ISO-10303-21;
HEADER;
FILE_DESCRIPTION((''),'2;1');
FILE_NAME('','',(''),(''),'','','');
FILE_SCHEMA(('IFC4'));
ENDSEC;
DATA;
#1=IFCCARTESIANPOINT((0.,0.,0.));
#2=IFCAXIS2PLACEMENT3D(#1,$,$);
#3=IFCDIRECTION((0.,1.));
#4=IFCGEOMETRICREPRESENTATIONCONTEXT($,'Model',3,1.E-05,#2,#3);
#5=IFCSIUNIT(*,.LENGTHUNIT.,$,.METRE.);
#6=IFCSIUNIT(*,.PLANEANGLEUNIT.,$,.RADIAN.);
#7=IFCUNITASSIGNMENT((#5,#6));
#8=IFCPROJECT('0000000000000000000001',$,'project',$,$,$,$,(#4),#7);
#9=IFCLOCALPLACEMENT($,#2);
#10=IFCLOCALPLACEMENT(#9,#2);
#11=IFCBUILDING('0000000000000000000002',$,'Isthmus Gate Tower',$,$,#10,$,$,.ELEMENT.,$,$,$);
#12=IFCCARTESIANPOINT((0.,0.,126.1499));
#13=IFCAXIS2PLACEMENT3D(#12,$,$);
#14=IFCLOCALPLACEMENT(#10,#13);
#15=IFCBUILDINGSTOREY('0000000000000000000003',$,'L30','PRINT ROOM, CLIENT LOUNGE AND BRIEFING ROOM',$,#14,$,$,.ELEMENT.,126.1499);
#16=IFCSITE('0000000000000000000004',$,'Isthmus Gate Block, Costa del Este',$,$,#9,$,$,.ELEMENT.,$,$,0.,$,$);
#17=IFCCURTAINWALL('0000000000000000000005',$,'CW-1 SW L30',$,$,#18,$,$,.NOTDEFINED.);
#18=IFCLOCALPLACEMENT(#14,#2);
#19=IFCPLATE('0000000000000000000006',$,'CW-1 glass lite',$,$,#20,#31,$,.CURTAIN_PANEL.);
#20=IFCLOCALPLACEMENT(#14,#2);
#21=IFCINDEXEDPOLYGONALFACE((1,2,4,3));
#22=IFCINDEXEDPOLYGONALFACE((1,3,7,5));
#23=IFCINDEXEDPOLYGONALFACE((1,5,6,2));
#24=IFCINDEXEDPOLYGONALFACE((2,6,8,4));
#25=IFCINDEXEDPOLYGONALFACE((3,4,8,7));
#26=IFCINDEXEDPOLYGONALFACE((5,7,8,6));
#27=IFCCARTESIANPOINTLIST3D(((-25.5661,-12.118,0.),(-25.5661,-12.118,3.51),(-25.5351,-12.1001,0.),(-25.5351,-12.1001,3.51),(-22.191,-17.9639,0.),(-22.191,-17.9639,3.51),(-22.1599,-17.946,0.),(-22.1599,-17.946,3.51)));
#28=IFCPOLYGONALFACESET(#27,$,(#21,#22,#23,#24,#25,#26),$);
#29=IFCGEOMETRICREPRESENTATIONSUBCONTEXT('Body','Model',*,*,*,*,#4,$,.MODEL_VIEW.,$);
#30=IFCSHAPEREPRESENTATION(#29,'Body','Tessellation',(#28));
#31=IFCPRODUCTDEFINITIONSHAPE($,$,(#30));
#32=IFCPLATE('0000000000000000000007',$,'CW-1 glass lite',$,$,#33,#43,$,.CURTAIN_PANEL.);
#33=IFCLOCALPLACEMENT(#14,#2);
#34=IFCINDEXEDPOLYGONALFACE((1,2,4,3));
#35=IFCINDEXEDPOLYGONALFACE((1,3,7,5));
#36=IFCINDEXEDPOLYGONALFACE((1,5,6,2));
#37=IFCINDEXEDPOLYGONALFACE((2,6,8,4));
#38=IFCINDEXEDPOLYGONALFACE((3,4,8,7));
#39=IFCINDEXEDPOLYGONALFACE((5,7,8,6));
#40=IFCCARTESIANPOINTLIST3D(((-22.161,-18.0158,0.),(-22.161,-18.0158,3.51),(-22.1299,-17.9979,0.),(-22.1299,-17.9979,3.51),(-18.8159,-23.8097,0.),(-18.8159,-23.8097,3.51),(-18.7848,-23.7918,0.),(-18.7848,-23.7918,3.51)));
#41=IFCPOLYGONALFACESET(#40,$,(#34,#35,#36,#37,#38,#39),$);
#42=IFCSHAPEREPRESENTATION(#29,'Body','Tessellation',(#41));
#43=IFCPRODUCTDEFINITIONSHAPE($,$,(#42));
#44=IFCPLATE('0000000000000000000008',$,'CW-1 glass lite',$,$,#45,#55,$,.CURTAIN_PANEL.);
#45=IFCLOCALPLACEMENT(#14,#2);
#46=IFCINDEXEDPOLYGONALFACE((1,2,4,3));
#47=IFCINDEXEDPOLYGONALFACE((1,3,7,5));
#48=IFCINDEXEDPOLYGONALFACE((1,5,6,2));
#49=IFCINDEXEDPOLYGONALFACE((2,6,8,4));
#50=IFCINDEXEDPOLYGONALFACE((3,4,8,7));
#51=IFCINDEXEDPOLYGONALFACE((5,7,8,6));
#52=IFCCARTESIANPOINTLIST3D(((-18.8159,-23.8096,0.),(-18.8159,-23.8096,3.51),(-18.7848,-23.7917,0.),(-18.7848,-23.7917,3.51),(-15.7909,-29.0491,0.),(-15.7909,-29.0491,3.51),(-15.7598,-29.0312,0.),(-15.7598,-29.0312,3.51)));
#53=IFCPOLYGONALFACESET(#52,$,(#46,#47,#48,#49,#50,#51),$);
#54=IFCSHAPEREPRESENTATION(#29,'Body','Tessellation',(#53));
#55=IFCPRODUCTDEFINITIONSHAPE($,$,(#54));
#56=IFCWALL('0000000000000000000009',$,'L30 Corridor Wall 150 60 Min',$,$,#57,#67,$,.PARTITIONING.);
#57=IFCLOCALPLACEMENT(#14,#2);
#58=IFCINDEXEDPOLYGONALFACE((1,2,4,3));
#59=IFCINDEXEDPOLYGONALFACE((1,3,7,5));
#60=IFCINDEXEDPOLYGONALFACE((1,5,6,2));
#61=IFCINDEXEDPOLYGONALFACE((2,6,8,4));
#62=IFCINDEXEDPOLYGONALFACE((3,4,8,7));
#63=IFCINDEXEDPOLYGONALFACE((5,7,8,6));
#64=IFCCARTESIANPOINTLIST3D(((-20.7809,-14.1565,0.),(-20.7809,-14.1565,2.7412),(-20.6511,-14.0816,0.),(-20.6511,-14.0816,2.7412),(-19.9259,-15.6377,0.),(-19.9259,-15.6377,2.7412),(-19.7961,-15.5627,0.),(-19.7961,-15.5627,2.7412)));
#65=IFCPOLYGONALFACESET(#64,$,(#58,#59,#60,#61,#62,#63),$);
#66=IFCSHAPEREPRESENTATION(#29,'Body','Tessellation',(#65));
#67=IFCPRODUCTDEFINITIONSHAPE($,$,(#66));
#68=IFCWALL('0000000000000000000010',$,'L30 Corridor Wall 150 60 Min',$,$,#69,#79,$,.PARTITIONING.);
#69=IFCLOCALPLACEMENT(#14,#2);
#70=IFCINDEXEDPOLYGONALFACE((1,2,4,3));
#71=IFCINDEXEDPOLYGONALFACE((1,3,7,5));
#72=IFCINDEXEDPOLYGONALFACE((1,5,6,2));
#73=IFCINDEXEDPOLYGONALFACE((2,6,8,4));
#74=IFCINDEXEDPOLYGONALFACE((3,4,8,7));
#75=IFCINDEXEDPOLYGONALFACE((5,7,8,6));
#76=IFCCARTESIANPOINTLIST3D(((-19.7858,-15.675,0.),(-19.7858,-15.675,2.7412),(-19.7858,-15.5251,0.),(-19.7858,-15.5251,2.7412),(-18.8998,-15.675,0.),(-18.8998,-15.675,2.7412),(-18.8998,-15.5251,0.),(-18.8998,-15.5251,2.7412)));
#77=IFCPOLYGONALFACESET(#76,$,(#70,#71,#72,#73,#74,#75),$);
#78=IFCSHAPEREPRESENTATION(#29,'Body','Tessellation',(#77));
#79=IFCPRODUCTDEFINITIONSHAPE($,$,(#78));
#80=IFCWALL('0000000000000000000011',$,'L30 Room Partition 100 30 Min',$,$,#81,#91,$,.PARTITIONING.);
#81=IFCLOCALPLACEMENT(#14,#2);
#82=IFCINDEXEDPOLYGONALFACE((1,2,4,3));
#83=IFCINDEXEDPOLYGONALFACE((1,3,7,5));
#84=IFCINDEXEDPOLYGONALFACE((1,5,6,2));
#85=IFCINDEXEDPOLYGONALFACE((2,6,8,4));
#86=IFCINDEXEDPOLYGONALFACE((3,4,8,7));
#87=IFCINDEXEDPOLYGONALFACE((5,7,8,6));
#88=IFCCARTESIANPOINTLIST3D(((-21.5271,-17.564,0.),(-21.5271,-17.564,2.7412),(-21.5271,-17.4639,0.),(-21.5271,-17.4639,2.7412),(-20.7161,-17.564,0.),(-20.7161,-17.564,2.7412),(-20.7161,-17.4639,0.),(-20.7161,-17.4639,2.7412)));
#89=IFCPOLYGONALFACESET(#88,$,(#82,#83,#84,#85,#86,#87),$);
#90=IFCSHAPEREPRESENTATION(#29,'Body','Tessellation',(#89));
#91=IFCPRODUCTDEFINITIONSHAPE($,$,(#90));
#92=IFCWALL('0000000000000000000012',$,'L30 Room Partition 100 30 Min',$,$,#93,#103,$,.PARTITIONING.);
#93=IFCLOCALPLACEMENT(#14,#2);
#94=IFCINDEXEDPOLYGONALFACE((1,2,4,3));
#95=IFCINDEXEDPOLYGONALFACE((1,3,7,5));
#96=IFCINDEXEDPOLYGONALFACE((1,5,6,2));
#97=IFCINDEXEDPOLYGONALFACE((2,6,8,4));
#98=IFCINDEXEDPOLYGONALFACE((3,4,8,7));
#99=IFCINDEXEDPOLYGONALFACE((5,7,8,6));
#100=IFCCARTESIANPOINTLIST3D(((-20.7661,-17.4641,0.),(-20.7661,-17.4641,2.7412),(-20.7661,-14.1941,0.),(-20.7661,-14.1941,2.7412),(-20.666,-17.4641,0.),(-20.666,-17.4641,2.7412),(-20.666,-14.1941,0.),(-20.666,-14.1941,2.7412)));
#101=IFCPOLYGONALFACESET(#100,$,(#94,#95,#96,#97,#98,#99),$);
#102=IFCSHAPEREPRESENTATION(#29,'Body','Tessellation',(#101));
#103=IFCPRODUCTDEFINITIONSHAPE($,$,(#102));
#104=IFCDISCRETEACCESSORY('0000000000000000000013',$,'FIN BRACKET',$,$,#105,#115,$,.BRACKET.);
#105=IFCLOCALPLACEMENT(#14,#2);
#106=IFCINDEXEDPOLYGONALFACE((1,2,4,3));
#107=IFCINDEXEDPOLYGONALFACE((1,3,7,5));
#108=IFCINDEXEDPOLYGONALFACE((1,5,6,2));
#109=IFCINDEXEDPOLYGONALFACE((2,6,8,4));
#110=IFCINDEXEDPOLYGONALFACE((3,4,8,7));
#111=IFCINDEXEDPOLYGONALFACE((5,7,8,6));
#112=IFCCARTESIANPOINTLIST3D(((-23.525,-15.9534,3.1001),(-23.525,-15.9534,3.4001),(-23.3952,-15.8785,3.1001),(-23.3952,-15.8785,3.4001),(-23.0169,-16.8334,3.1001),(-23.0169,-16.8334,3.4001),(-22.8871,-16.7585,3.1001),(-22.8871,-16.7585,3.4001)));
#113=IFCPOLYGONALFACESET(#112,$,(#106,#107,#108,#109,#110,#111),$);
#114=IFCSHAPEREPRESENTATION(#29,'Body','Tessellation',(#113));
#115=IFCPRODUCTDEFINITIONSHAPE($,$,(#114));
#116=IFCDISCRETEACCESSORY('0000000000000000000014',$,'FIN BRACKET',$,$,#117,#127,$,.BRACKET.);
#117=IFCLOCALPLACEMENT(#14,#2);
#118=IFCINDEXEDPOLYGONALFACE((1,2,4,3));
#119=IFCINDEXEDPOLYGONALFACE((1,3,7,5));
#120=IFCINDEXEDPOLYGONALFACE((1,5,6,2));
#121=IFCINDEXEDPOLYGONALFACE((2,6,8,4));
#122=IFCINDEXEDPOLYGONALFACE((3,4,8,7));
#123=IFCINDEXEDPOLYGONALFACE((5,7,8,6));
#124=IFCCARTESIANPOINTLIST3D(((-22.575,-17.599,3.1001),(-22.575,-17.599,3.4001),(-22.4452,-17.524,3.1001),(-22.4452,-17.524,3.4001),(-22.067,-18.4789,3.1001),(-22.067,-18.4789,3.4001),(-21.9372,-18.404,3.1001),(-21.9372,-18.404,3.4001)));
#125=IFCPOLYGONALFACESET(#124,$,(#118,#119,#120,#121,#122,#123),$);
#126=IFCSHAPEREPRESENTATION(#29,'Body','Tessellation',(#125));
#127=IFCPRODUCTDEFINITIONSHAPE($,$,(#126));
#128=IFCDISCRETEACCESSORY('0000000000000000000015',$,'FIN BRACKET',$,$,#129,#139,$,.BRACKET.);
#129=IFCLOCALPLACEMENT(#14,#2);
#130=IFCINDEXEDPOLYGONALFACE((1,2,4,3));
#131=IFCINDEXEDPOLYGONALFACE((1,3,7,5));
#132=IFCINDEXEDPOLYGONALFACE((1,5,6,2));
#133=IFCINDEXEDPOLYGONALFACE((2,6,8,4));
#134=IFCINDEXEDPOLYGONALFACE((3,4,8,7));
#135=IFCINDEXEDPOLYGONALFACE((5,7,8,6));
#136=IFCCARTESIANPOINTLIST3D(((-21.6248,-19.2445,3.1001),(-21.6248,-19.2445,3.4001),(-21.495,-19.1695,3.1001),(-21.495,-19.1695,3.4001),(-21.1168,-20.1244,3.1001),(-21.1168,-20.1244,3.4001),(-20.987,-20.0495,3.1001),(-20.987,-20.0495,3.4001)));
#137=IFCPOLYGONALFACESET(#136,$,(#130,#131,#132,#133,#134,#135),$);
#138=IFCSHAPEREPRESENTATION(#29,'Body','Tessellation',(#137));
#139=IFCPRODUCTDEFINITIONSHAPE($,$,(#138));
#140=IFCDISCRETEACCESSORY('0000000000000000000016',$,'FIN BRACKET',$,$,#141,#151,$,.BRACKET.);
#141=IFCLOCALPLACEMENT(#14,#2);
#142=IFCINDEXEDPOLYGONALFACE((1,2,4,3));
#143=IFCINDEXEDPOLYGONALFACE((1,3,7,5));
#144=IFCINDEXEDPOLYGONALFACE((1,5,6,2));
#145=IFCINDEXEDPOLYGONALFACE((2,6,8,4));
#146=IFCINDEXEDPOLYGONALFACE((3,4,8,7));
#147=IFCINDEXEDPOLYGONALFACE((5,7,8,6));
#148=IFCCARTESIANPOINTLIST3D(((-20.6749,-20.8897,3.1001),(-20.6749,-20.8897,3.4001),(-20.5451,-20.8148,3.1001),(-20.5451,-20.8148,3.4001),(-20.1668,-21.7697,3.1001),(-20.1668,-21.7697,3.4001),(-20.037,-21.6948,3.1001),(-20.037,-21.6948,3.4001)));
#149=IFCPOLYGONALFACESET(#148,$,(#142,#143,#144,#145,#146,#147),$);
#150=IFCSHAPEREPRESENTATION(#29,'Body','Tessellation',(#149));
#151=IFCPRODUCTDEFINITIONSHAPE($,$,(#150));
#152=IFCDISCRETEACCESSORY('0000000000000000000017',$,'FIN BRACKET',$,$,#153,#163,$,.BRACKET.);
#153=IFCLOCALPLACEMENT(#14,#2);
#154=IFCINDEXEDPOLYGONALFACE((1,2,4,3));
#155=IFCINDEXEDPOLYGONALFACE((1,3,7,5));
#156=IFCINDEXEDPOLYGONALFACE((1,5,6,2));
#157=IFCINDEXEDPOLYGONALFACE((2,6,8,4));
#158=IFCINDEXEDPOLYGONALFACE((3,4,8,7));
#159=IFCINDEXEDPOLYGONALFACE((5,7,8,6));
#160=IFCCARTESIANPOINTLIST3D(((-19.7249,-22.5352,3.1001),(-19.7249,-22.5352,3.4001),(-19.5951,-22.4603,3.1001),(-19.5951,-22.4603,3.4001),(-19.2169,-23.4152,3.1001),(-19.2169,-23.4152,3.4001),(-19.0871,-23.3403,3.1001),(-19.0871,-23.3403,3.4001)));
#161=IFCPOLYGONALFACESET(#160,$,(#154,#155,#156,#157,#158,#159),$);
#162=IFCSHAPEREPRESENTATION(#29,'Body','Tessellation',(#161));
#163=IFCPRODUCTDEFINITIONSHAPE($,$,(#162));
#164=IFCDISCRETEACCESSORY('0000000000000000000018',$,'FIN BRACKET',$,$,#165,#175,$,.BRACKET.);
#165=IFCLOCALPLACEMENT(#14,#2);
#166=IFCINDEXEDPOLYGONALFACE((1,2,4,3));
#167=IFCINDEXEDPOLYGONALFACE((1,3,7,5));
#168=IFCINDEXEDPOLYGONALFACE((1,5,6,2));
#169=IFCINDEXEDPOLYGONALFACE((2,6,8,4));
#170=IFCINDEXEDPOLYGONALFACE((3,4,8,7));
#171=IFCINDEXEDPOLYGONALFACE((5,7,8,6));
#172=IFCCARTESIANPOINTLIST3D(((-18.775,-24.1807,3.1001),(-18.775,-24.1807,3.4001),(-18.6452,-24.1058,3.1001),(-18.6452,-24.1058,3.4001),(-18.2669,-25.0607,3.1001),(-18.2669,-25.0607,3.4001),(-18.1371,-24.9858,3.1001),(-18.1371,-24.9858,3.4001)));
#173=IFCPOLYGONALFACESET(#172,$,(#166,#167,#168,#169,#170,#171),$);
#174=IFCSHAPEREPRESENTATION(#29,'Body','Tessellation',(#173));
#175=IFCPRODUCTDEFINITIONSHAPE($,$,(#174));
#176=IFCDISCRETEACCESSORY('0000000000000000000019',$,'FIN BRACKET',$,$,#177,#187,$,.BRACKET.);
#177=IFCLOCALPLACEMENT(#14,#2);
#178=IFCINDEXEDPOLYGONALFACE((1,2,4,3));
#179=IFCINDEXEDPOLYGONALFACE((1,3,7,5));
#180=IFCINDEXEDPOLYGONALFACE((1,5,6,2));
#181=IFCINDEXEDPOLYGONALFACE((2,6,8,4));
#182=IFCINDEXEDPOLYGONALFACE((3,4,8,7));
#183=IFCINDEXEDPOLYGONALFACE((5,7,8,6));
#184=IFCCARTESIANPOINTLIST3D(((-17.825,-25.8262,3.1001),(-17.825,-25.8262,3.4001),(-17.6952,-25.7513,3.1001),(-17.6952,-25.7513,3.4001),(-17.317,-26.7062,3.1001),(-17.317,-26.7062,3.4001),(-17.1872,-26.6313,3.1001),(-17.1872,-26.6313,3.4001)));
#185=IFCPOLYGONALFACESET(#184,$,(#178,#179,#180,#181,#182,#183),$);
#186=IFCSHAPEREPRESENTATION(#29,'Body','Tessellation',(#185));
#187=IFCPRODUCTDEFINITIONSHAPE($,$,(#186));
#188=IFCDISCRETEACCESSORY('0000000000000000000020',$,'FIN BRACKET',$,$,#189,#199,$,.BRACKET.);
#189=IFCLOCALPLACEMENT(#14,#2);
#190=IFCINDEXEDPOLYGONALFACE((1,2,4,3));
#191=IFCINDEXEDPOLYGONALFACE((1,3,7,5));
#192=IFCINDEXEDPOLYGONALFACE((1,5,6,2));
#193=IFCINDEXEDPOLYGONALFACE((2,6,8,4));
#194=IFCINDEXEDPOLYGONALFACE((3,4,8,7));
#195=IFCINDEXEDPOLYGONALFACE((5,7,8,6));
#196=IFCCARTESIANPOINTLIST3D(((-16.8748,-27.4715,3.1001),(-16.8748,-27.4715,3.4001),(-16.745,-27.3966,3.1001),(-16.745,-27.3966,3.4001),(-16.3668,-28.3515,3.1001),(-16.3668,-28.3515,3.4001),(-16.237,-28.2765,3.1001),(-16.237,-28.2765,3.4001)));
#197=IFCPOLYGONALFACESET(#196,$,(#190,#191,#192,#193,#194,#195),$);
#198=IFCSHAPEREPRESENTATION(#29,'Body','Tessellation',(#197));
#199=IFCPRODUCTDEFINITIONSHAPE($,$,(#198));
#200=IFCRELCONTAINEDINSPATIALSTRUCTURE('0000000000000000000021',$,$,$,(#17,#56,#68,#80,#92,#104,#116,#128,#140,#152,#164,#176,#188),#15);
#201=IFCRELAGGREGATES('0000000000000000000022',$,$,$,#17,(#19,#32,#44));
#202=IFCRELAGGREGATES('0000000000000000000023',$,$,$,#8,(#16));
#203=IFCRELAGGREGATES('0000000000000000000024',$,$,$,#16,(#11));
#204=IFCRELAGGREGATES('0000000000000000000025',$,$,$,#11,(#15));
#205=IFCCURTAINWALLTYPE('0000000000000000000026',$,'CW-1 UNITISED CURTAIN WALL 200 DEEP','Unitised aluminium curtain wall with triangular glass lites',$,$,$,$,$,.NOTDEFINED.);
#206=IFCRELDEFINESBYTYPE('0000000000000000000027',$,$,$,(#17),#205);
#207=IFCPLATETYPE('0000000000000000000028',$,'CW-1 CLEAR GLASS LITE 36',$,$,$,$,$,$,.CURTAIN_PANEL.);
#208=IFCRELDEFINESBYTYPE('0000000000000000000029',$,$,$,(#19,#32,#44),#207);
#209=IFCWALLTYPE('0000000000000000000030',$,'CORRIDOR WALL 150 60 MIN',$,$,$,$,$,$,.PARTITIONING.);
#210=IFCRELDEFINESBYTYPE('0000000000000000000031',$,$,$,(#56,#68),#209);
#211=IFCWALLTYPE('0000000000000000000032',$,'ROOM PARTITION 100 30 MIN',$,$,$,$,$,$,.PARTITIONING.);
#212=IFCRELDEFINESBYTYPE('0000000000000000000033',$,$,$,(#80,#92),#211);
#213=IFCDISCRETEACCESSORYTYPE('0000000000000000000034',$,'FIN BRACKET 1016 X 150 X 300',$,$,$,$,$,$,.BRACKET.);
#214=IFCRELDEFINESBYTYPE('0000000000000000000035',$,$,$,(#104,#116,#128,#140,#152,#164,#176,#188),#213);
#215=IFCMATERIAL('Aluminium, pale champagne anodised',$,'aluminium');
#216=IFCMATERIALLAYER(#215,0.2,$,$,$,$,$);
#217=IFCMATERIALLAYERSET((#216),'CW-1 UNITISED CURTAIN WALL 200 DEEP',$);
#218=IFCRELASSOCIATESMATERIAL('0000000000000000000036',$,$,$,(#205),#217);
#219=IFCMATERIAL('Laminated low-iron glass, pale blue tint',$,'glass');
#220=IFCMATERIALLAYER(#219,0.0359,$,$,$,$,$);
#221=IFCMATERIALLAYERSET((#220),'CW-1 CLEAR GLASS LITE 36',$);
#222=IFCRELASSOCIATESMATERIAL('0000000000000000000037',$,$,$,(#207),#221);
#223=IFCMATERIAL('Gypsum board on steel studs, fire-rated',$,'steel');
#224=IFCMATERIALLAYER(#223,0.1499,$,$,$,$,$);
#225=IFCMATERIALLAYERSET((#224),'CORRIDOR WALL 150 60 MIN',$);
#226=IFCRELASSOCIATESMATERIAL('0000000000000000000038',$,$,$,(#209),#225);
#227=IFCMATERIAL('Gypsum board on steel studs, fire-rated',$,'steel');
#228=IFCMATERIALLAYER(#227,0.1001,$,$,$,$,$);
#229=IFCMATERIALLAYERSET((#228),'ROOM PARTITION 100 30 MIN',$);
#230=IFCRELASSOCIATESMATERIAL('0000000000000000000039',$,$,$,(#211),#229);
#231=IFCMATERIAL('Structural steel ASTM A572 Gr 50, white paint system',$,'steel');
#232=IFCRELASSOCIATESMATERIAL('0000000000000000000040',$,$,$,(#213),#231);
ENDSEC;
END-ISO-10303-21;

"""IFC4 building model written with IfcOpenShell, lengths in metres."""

from ifc_helpers import new_model, si_unit, direction, frame, frame_2d, origin, origin_2d, place, context, subcontext, project, spatial, rectangle, extrude, material, layer, layer_set, type_object, element, aggregate, save


model = new_model("IFC4")

# Units and contexts
model_context = context("Model", 3, precision=1e-05, world=origin(), true_north=direction((0.0, 1.0)))
body_context = subcontext(model_context, "Body", "Model", "MODEL_VIEW")
ifc_project = project(units=[si_unit("LENGTHUNIT", "METRE"), si_unit("PLANEANGLEUNIT", "RADIAN")], contexts=[model_context])

# Site, building, storey
site_placement = place(None, origin())
site = spatial("IfcSite", under=ifc_project, at=site_placement, Name="Isthmus Gate Block, Costa del Este", CompositionType="ELEMENT", RefElevation=0.0)
building_placement = place(site_placement, origin())
building = spatial("IfcBuilding", under=site, at=building_placement, Name="Isthmus Gate Tower", CompositionType="ELEMENT")
storey_placement = place(building_placement, frame((0.0, 0.0, 126.1499)))
storey = spatial("IfcBuildingStorey", under=building, at=storey_placement, Name="L30", Description="PRINT ROOM, CLIENT LOUNGE AND BRIEFING ROOM", CompositionType="ELEMENT", Elevation=126.1499)

# Curtain wall
ifc_material_1 = material(Name="Aluminium, pale champagne anodised", Category="aluminium")
ifc_layer_1 = layer(ifc_material_1, 0.2)
ifc_layer_set_1 = layer_set([ifc_layer_1], Name="CW-1 UNITISED CURTAIN WALL 200 DEEP")
curtain_wall_type = type_object("IfcCurtainWallType", Name="CW-1 UNITISED CURTAIN WALL 200 DEEP", Description="Unitised aluminium curtain wall with triangular glass lites", PredefinedType="NOTDEFINED", material=ifc_layer_set_1)
curtain_wall_placement = place(storey_placement, origin())
curtain_wall = element("IfcCurtainWall", 1, at=curtain_wall_placement, inside=storey, type_object=curtain_wall_type, Name="CW-1 SW L30", PredefinedType="NOTDEFINED")

# Plates
ifc_material_2 = material(Name="Laminated low-iron glass, pale blue tint", Category="glass")
ifc_layer_2 = layer(ifc_material_2, 0.0359)
ifc_layer_set_2 = layer_set([ifc_layer_2], Name="CW-1 CLEAR GLASS LITE 36")
plate_type = type_object("IfcPlateType", Name="CW-1 CLEAR GLASS LITE 36", PredefinedType="CURTAIN_PANEL", material=ifc_layer_set_2)
plate_1_placement = place(storey_placement, frame((-23.863, -15.032, 0.0), z_axis=(0.0, 0.0, 1.0), x_axis=(0.5, -0.866025, 0.0)))
plate_1 = element("IfcPlate", 2, at=plate_1_placement, type_object=plate_type, Name="CW-1 glass lite", PredefinedType="CURTAIN_PANEL", context=body_context, shape_type="SweptSolid", body=[
    extrude(rectangle(XDim=6.7502, YDim=0.0359, at=origin_2d()), origin(), (0.0, 0.0, 1.0), 3.51),
])
plate_2_placement = place(storey_placement, frame((-20.4729, -20.9038, 0.0), z_axis=(0.0, 0.0, 1.0), x_axis=(0.5, -0.866025, 0.0)))
plate_2 = element("IfcPlate", 3, at=plate_2_placement, type_object=plate_type, Name="CW-1 glass lite", PredefinedType="CURTAIN_PANEL", context=body_context, shape_type="SweptSolid", body=[
    extrude(rectangle(XDim=6.6902, YDim=0.0359, at=origin_2d()), origin(), (0.0, 0.0, 1.0), 3.51),
])
plate_3_placement = place(storey_placement, frame((-17.2878, -26.4204, 0.0), z_axis=(0.0, 0.0, 1.0), x_axis=(0.5, -0.866025, 0.0)))
plate_3 = element("IfcPlate", 4, at=plate_3_placement, type_object=plate_type, Name="CW-1 glass lite", PredefinedType="CURTAIN_PANEL", context=body_context, shape_type="SweptSolid", body=[
    extrude(rectangle(XDim=6.05, YDim=0.0359, at=origin_2d()), origin(), (0.0, 0.0, 1.0), 3.51),
])
aggregate(curtain_wall, [plate_1, plate_2, plate_3])

# Walls
ifc_material_3 = material(Name="Gypsum board on steel studs, fire-rated", Category="steel")
ifc_layer_3 = layer(ifc_material_3, 0.1499)
ifc_layer_set_3 = layer_set([ifc_layer_3], Name="CORRIDOR WALL 150 60 MIN")
wall_type_1 = type_object("IfcWallType", Name="CORRIDOR WALL 150 60 MIN", PredefinedType="PARTITIONING", material=ifc_layer_set_3)
wall_1_placement = place(storey_placement, frame((-19.8611, -15.6001, 0.0), z_axis=(0.0, 0.0, 1.0), x_axis=(-0.499916, 0.866074, 0.0)))
element("IfcWall", 5, at=wall_1_placement, inside=storey, type_object=wall_type_1, Name="L30 Corridor Wall 150 60 Min", PredefinedType="PARTITIONING", context=body_context, shape_type="SweptSolid", body=[
    extrude(rectangle(XDim=1.7102, YDim=0.1499, at=frame_2d((0.855, 0.0))), origin(), (0.0, 0.0, 1.0), 2.7412),
])
wall_2_placement = place(storey_placement, frame((-18.8999, -15.6001, 0.0), z_axis=(0.0, 0.0, 1.0), x_axis=(-1.0, 0.0, 0.0)))
element("IfcWall", 6, at=wall_2_placement, inside=storey, type_object=wall_type_1, Name="L30 Corridor Wall 150 60 Min", PredefinedType="PARTITIONING", context=body_context, shape_type="SweptSolid", body=[
    extrude(rectangle(XDim=0.886, YDim=0.1499, at=frame_2d((0.4429, 0.0))), origin(), (0.0, 0.0, 1.0), 2.7412),
])
ifc_material_4 = material(Name="Gypsum board on steel studs, fire-rated", Category="steel")
ifc_layer_4 = layer(ifc_material_4, 0.1001)
ifc_layer_set_4 = layer_set([ifc_layer_4], Name="ROOM PARTITION 100 30 MIN")
wall_type_2 = type_object("IfcWallType", Name="ROOM PARTITION 100 30 MIN", PredefinedType="PARTITIONING", material=ifc_layer_set_4)
wall_3_placement = place(storey_placement, frame((-21.5271, -17.5139, 0.0), z_axis=(0.0, 0.0, 1.0), x_axis=(1.0, 0.0, 0.0)))
element("IfcWall", 7, at=wall_3_placement, inside=storey, type_object=wall_type_2, Name="L30 Room Partition 100 30 Min", PredefinedType="PARTITIONING", context=body_context, shape_type="SweptSolid", body=[
    extrude(rectangle(XDim=0.811, YDim=0.1001, at=frame_2d((0.4055, 0.0))), origin(), (0.0, 0.0, 1.0), 2.7412),
])
wall_4_placement = place(storey_placement, frame((-20.7161, -17.4641, 0.0), z_axis=(0.0, 0.0, 1.0), x_axis=(0.0, 1.0, 0.0)))
element("IfcWall", 8, at=wall_4_placement, inside=storey, type_object=wall_type_2, Name="L30 Room Partition 100 30 Min", PredefinedType="PARTITIONING", context=body_context, shape_type="SweptSolid", body=[
    extrude(rectangle(XDim=3.27, YDim=0.1001, at=frame_2d((1.635, 0.0))), origin(), (0.0, 0.0, 1.0), 2.7412),
])

# Discrete accessories
ifc_material_5 = material(Name="Structural steel ASTM A572 Gr 50, white paint system", Category="steel")
discrete_accessory_type = type_object("IfcDiscreteAccessoryType", Name="FIN BRACKET 1016 X 150 X 300", PredefinedType="BRACKET", material=ifc_material_5)
for number, where, z_axis, x_axis, name in (
    (9, (-23.2061, -16.356, 3.1001), (0.0, 0.0, 1.0), (-0.866025, -0.5, 0.0), "FIN BRACKET"),
    (10, (-22.2561, -18.0015, 3.1001), (0.0, 0.0, 1.0), (-0.866025, -0.5, 0.0), "FIN BRACKET"),
    (11, (-21.3059, -19.647, 3.1001), (0.0, 0.0, 1.0), (-0.866025, -0.5, 0.0), "FIN BRACKET"),
    (12, (-20.356, -21.2922, 3.1001), (0.0, 0.0, 1.0), (-0.866025, -0.5, 0.0), "FIN BRACKET"),
    (13, (-19.406, -22.9377, 3.1001), (0.0, 0.0, 1.0), (-0.866025, -0.5, 0.0), "FIN BRACKET"),
    (14, (-18.4561, -24.5833, 3.1001), (0.0, 0.0, 1.0), (-0.866025, -0.5, 0.0), "FIN BRACKET"),
    (15, (-17.5061, -26.2288, 3.1001), (0.0, 0.0, 1.0), (-0.866025, -0.5, 0.0), "FIN BRACKET"),
    (16, (-16.5559, -27.874, 3.1001), (0.0, 0.0, 1.0), (-0.866025, -0.5, 0.0), "FIN BRACKET"),
):
    element("IfcDiscreteAccessory", number, at=place(storey_placement, frame(where, z_axis=z_axis, x_axis=x_axis)), inside=storey, type_object=discrete_accessory_type, Name=name, PredefinedType="BRACKET", context=body_context, shape_type="SweptSolid", body=[
        extrude(rectangle(XDim=0.1499, YDim=1.0161, at=origin_2d()), origin(), (0.0, 0.0, 1.0), 0.3),
    ])

save(model, "model.ifc")
